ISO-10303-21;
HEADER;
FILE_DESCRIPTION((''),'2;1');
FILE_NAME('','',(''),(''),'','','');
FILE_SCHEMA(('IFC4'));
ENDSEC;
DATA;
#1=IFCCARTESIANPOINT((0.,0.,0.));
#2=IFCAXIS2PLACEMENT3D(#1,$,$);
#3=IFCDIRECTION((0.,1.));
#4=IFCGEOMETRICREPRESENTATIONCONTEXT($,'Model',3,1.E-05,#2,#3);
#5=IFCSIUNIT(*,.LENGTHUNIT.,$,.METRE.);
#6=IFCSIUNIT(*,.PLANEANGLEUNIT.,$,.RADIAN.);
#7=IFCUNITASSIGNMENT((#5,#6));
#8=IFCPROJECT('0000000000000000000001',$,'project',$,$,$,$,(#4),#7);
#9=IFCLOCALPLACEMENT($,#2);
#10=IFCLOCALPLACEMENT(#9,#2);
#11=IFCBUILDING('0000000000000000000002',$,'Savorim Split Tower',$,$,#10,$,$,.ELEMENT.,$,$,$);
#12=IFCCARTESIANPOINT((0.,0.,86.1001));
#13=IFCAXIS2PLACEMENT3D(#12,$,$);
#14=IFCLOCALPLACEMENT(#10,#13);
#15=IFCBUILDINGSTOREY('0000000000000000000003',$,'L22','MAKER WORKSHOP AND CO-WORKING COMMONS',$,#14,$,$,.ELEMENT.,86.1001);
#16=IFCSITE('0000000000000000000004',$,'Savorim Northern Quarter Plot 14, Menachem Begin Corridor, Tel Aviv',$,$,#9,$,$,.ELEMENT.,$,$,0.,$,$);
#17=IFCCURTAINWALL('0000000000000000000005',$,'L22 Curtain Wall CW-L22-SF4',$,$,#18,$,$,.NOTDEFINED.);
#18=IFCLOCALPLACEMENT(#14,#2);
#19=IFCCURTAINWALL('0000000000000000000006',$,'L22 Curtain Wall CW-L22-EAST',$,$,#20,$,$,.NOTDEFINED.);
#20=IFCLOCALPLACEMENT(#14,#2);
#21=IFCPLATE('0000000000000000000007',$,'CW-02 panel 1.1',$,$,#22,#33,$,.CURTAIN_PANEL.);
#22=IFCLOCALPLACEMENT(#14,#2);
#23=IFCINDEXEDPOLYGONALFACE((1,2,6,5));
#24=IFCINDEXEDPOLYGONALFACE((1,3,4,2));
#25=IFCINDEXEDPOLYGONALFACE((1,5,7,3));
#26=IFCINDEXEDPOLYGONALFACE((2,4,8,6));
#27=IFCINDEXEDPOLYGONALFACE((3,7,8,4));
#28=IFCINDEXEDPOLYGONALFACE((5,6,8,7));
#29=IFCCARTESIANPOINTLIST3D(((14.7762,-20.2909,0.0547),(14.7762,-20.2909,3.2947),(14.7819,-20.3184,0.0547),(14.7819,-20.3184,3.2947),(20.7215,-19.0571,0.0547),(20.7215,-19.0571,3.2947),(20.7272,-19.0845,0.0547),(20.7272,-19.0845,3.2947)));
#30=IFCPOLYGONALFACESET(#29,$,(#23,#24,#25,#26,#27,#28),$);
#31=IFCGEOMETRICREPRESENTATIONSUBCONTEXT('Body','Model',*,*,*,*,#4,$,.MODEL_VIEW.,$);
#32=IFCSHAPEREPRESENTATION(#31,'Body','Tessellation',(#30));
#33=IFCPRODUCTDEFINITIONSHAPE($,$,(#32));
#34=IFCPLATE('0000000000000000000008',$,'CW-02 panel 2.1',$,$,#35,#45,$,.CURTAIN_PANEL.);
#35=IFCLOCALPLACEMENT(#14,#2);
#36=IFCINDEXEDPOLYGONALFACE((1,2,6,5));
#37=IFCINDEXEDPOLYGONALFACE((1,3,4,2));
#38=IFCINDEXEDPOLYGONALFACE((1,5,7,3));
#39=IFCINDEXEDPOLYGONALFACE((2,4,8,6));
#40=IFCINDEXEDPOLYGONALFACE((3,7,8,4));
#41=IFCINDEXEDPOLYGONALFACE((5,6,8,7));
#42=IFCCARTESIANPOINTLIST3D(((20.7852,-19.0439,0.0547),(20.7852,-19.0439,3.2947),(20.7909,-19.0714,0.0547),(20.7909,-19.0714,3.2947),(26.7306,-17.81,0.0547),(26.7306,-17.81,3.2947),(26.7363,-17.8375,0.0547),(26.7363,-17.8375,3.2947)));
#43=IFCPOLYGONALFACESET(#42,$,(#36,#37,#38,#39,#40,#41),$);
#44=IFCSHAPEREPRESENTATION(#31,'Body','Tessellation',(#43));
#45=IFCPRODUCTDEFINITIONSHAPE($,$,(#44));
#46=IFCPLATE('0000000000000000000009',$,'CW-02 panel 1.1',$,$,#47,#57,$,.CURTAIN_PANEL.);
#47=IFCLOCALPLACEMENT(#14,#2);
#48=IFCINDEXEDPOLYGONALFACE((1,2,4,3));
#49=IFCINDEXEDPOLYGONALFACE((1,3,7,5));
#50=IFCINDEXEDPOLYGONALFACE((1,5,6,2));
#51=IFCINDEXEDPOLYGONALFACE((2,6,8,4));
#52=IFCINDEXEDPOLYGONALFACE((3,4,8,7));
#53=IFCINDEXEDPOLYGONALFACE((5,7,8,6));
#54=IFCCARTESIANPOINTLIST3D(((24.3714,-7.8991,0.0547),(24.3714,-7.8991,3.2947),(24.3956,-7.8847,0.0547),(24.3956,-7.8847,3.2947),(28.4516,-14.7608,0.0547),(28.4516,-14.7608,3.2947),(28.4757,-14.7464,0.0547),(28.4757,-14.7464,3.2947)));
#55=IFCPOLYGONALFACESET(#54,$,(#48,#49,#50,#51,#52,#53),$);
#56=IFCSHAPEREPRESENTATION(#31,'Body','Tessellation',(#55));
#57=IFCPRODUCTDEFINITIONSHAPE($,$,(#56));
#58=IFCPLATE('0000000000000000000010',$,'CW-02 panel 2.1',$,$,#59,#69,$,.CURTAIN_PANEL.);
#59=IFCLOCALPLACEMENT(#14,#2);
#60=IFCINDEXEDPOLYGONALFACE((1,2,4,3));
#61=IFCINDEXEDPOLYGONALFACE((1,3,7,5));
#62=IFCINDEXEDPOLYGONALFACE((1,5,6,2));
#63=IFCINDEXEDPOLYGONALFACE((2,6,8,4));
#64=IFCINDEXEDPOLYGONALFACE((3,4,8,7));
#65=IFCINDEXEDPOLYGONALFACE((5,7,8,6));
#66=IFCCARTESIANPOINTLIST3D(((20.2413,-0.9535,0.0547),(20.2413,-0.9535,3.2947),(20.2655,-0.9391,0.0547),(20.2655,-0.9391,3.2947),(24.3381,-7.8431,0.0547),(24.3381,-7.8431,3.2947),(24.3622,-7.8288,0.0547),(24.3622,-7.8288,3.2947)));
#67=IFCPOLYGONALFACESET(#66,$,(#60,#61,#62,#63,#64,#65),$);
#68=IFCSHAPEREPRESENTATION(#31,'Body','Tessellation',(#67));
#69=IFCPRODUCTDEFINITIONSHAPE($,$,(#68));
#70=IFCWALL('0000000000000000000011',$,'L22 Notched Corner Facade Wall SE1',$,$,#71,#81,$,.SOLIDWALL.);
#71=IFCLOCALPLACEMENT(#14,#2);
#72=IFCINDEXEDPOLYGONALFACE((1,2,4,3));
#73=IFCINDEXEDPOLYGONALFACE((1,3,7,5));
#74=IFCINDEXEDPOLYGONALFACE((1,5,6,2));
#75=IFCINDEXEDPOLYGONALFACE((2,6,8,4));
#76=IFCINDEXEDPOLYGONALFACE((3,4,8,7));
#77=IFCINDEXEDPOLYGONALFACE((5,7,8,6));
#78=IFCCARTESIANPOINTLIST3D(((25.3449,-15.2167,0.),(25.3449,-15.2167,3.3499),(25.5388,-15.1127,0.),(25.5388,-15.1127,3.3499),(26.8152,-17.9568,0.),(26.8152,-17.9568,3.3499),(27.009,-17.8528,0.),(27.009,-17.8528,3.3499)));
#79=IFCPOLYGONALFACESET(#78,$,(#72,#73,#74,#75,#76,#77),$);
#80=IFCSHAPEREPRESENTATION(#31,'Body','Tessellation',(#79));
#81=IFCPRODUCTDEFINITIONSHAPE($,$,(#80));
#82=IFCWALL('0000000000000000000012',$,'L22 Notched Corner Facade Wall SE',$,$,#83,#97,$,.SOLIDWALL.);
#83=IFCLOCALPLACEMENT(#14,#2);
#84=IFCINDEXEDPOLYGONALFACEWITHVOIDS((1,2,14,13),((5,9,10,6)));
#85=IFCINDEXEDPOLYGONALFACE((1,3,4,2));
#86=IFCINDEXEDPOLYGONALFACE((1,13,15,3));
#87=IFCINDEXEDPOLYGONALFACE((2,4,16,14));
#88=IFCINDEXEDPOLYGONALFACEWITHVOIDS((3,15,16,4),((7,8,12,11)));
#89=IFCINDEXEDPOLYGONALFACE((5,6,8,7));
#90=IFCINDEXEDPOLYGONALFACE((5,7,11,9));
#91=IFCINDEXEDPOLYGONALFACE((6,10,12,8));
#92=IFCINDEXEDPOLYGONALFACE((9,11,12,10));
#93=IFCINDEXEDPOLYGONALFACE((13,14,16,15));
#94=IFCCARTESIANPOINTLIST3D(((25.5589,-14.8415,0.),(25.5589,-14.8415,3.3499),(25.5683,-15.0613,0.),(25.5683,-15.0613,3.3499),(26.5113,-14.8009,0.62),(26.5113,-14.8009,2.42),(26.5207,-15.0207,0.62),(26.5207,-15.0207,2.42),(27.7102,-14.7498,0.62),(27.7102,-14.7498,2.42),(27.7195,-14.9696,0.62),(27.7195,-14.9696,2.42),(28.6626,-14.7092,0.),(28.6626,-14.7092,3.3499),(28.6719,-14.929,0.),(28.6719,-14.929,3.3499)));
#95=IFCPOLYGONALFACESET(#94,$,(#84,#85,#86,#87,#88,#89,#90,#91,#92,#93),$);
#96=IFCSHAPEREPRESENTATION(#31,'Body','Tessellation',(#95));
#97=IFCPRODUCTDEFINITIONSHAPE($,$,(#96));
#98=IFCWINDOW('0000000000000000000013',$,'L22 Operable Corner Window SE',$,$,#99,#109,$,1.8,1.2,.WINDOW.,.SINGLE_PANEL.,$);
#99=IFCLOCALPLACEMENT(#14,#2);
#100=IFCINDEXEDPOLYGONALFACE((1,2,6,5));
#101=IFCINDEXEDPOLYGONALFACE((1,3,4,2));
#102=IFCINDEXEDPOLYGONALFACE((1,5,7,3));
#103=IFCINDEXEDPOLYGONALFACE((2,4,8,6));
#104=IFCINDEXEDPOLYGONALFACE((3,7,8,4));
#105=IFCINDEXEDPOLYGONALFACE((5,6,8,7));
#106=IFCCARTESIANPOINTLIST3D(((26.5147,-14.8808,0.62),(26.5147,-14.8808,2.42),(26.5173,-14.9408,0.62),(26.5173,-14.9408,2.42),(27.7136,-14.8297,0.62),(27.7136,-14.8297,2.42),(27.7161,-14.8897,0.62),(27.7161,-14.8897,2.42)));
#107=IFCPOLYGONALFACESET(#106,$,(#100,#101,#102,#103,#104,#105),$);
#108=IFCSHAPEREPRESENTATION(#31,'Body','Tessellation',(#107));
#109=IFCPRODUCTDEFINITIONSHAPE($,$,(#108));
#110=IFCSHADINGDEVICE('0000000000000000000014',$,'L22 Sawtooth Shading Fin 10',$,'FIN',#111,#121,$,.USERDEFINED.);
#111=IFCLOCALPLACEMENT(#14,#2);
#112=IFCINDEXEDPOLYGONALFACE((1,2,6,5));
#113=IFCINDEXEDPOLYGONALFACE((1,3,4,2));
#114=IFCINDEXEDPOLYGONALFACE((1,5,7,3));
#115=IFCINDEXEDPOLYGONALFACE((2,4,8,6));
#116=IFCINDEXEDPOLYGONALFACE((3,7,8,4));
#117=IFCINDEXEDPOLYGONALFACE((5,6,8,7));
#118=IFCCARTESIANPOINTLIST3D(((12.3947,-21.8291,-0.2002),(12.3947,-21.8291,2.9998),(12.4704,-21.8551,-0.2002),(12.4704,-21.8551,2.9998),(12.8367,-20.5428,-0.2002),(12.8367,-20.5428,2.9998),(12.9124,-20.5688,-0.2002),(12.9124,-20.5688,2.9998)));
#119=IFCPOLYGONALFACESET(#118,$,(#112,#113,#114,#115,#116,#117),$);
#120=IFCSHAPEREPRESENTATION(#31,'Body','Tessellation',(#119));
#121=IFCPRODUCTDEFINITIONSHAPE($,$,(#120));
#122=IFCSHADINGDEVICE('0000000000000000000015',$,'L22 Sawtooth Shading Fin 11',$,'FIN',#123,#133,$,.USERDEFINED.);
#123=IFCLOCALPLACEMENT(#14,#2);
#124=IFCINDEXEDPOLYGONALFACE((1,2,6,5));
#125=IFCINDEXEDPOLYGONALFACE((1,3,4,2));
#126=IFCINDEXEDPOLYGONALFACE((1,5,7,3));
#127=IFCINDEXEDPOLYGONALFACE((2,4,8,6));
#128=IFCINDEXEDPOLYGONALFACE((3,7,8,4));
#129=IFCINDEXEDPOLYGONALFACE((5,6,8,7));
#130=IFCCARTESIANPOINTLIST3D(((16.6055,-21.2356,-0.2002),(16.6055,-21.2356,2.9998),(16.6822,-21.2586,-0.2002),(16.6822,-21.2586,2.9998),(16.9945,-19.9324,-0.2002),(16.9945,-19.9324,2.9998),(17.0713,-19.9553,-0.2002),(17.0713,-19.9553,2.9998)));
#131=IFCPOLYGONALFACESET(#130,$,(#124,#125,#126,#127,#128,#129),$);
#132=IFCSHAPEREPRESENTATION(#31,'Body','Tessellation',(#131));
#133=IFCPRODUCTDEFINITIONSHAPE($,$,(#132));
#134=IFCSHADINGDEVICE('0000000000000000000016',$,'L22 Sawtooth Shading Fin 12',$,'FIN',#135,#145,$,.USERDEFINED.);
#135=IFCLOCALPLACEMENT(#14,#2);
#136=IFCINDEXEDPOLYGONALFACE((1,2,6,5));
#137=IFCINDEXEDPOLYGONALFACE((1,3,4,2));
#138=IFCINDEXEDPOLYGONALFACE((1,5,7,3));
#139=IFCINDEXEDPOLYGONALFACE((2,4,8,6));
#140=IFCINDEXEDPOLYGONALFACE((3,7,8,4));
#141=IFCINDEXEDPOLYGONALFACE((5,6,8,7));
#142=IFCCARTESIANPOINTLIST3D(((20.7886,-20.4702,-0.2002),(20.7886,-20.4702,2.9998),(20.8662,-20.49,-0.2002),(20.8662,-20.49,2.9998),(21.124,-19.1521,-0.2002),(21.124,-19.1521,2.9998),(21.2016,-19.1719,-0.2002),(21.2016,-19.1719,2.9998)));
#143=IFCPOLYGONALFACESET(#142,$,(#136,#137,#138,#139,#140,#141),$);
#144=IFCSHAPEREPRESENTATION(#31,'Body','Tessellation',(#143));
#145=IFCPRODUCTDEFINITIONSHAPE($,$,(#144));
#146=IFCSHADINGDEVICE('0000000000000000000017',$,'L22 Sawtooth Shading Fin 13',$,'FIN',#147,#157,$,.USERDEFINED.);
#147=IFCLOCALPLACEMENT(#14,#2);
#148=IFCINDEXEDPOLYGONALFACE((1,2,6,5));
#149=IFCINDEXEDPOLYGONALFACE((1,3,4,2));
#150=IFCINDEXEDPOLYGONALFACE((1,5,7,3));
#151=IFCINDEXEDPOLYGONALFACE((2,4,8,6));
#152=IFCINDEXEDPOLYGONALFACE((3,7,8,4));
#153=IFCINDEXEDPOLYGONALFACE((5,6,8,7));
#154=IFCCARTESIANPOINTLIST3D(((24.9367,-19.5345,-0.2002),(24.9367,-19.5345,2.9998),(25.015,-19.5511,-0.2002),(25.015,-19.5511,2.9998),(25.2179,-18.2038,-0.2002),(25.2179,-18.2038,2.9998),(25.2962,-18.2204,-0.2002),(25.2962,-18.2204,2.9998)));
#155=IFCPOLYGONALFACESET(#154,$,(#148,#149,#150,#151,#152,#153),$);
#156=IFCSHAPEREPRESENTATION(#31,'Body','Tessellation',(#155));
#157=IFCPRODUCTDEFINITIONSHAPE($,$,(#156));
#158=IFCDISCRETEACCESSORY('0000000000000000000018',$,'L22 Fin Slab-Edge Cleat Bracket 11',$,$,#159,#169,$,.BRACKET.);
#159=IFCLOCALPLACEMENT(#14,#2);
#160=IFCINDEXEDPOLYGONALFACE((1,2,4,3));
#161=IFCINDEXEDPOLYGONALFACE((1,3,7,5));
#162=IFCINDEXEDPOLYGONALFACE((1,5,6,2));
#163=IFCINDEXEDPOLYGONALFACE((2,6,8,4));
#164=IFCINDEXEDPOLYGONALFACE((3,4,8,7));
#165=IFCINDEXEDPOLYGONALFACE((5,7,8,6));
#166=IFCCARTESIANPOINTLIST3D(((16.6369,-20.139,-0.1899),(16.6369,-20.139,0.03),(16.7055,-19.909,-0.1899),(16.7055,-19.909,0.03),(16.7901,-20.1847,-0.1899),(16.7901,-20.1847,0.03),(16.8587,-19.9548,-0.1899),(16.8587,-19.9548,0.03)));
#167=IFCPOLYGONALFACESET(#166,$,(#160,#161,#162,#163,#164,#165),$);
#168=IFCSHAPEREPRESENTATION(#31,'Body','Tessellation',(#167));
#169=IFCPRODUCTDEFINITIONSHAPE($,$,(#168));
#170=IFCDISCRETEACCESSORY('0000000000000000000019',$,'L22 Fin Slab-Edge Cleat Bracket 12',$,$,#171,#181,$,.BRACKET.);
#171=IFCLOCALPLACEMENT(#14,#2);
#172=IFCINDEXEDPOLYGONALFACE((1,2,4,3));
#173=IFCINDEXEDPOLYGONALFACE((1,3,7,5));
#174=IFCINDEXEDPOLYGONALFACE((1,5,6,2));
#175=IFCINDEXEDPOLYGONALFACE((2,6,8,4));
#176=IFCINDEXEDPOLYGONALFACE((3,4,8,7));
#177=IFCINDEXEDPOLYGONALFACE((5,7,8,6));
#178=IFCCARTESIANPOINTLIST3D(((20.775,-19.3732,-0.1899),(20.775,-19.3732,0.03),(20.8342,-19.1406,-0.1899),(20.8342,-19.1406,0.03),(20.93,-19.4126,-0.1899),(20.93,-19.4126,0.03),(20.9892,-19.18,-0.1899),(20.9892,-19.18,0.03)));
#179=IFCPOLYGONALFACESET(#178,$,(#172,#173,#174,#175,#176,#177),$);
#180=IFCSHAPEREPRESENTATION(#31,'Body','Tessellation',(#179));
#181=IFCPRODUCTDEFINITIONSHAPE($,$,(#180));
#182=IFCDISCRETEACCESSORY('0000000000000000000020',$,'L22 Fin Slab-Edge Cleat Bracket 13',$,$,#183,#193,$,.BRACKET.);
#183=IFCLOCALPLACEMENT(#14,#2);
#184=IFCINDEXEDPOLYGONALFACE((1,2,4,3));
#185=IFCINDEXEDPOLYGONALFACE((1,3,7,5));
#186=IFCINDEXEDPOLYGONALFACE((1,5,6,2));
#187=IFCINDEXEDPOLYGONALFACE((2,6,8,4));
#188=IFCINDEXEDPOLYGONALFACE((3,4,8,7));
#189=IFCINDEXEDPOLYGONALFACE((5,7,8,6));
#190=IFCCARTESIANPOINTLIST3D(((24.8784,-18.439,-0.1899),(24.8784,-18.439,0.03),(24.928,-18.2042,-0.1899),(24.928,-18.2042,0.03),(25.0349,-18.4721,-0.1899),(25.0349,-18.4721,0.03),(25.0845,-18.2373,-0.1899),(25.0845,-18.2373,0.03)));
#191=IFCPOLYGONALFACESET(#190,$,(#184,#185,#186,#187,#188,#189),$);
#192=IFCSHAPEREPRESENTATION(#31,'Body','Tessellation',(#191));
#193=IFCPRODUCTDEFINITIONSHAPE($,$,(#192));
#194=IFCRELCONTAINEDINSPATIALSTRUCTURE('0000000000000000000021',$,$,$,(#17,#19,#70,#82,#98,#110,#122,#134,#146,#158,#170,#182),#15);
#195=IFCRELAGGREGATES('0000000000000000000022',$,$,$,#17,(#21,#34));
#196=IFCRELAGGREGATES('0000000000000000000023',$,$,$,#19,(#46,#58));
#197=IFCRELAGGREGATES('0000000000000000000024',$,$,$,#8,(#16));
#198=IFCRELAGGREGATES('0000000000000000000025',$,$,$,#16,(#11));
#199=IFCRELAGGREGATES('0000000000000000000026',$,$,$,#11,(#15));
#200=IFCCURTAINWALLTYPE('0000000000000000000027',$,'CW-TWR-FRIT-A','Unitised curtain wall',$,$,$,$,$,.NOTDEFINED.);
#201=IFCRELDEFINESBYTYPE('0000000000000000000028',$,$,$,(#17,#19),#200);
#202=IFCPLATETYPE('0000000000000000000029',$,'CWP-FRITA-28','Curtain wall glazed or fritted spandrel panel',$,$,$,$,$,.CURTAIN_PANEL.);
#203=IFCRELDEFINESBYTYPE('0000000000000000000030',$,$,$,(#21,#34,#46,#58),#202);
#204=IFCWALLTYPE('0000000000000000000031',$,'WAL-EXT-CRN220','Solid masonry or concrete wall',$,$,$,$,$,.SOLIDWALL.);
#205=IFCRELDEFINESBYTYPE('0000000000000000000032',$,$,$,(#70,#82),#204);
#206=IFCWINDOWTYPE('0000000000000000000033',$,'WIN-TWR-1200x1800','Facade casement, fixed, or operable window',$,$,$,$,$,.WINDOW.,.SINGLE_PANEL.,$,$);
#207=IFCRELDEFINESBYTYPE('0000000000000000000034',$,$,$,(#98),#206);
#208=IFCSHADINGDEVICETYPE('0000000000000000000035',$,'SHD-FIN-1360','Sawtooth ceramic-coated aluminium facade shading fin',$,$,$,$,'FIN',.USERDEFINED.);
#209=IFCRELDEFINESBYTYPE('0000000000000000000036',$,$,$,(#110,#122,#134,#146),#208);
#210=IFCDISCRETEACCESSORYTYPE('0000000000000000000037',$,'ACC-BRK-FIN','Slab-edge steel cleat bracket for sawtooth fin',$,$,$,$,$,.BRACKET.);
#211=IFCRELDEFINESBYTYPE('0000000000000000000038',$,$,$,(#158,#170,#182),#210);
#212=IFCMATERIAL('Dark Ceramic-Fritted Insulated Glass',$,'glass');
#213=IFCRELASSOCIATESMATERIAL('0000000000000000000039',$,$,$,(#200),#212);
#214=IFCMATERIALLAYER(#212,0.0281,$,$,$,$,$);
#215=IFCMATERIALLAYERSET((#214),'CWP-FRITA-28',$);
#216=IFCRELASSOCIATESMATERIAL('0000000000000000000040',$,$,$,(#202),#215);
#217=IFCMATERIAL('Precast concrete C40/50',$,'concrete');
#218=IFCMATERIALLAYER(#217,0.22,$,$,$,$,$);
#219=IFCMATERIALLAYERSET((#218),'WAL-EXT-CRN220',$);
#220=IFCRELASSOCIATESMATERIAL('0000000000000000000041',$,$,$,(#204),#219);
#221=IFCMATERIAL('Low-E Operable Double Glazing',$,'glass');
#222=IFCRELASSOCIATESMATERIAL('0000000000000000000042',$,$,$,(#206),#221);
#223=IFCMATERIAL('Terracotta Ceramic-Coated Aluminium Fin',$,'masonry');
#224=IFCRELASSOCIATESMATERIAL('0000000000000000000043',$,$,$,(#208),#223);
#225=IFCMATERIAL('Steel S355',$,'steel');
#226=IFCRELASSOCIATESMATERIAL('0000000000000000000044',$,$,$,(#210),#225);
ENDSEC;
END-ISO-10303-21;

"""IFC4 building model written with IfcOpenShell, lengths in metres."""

from ifc_helpers import new_model, si_unit, direction, frame, frame_2d, origin, origin_2d, place, context, subcontext, project, spatial, rectangle, extrude, material, layer, layer_set, type_object, element, fill, aggregate, save


model = new_model("IFC4")

# Units and contexts
model_context = context("Model", 3, precision=1e-05, world=origin(), true_north=direction((0.0, 1.0)))
body_context = subcontext(model_context, "Body", "Model", "MODEL_VIEW")
ifc_project = project(units=[si_unit("LENGTHUNIT", "METRE"), si_unit("PLANEANGLEUNIT", "RADIAN")], contexts=[model_context])

# Site, building, storey
site_placement = place(None, origin())
site = spatial("IfcSite", under=ifc_project, at=site_placement, Name="Savorim Northern Quarter Plot 14, Menachem Begin Corridor, Tel Aviv", CompositionType="ELEMENT", RefElevation=0.0)
building_placement = place(site_placement, origin())
building = spatial("IfcBuilding", under=site, at=building_placement, Name="Savorim Split Tower", CompositionType="ELEMENT")
storey_placement = place(building_placement, frame((0.0, 0.0, 86.1001)))
storey = spatial("IfcBuildingStorey", under=building, at=storey_placement, Name="L22", Description="MAKER WORKSHOP AND CO-WORKING COMMONS", CompositionType="ELEMENT", Elevation=86.1001)

# Shared definitions
ifc_material_1 = material(Name="Steel S355", Category="steel")

# Shared definitions
ifc_material_2 = material(Name="Dark Ceramic-Fritted Insulated Glass", Category="glass")
curtain_wall_type = type_object("IfcCurtainWallType", Name="CW-TWR-FRIT-A", Description="Unitised curtain wall", PredefinedType="NOTDEFINED", material=ifc_material_2)

# Curtain walls
curtain_wall_1_placement = place(storey_placement, origin())
curtain_wall_1 = element("IfcCurtainWall", 1, at=curtain_wall_1_placement, inside=storey, type_object=curtain_wall_type, Name="L22 Curtain Wall CW-L22-SF4", PredefinedType="NOTDEFINED")
curtain_wall_2_placement = place(storey_placement, origin())
curtain_wall_2 = element("IfcCurtainWall", 2, at=curtain_wall_2_placement, inside=storey, type_object=curtain_wall_type, Name="L22 Curtain Wall CW-L22-EAST", PredefinedType="NOTDEFINED")

# Plates
ifc_layer_1 = layer(ifc_material_2, 0.0281)
ifc_layer_set_1 = layer_set([ifc_layer_1], Name="CWP-FRITA-28")
plate_type = type_object("IfcPlateType", Name="CWP-FRITA-28", Description="Curtain wall glazed or fritted spandrel panel", PredefinedType="CURTAIN_PANEL", material=ifc_layer_set_1)
plate_1_placement = place(storey_placement, frame((17.7517, -19.6877, 0.0547), z_axis=(0.0, 0.0, 1.0), x_axis=(0.979135, 0.20321, 0.0)))
plate_1 = element("IfcPlate", 3, at=plate_1_placement, type_object=plate_type, Name="CW-02 panel 1.1", PredefinedType="CURTAIN_PANEL", context=body_context, shape_type="SweptSolid", body=[
    extrude(rectangle(XDim=6.072, YDim=0.0281, at=origin_2d()), origin(), (0.0, 0.0, 1.0), 3.24),
])
plate_2_placement = place(storey_placement, frame((23.7607, -18.4407, 0.0547), z_axis=(0.0, 0.0, 1.0), x_axis=(0.979135, 0.20321, 0.0)))
plate_2 = element("IfcPlate", 4, at=plate_2_placement, type_object=plate_type, Name="CW-02 panel 2.1", PredefinedType="CURTAIN_PANEL", context=body_context, shape_type="SweptSolid", body=[
    extrude(rectangle(XDim=6.072, YDim=0.0281, at=origin_2d()), origin(), (0.0, 0.0, 1.0), 3.24),
])
aggregate(curtain_wall_1, [plate_1, plate_2])
plate_3_placement = place(storey_placement, frame((26.4236, -11.3228, 0.0547), z_axis=(0.0, 0.0, 1.0), x_axis=(-0.511094, 0.859525, 0.0)))
plate_3 = element("IfcPlate", 5, at=plate_3_placement, type_object=plate_type, Name="CW-02 panel 1.1", PredefinedType="CURTAIN_PANEL", context=body_context, shape_type="SweptSolid", body=[
    extrude(rectangle(XDim=7.9832, YDim=0.0281, at=origin_2d()), origin(), (0.0, 0.0, 1.0), 3.24),
])
plate_4_placement = place(storey_placement, frame((22.3018, -4.3911, 0.0547), z_axis=(0.0, 0.0, 1.0), x_axis=(-0.511094, 0.859525, 0.0)))
plate_4 = element("IfcPlate", 6, at=plate_4_placement, type_object=plate_type, Name="CW-02 panel 2.1", PredefinedType="CURTAIN_PANEL", context=body_context, shape_type="SweptSolid", body=[
    extrude(rectangle(XDim=8.0156, YDim=0.0281, at=origin_2d()), origin(), (0.0, 0.0, 1.0), 3.24),
])
aggregate(curtain_wall_2, [plate_3, plate_4])

# Wall
ifc_material_3 = material(Name="Precast concrete C40/50", Category="concrete")
ifc_layer_2 = layer(ifc_material_3, 0.22)
ifc_layer_set_2 = layer_set([ifc_layer_2], Name="WAL-EXT-CRN220")
wall_type = type_object("IfcWallType", Name="WAL-EXT-CRN220", Description="Solid masonry or concrete wall", PredefinedType="SOLIDWALL", material=ifc_layer_set_2)
wall_1_placement = place(storey_placement, frame((25.4419, -15.1648, 0.0), z_axis=(0.0, 0.0, 1.0), x_axis=(0.472812, -0.881163, 0.0)))
element("IfcWall", 7, at=wall_1_placement, inside=storey, type_object=wall_type, Name="L22 Notched Corner Facade Wall SE1", PredefinedType="SOLIDWALL", context=body_context, shape_type="SweptSolid", body=[
    extrude(rectangle(XDim=3.1096, YDim=0.22, at=frame_2d((1.5547, 0.0))), origin(), (0.0, 0.0, 1.0), 3.3499),
])

# Wall, opening, window
wall_2_placement = place(storey_placement, frame((28.6672, -14.8191, 0.0), z_axis=(0.0, 0.0, 1.0), x_axis=(-0.999092, -0.042598, 0.0)))
wall_2 = element("IfcWall", 8, at=wall_2_placement, inside=storey, type_object=wall_type, Name="L22 Notched Corner Facade Wall SE", PredefinedType="SOLIDWALL", context=body_context, shape_type="SweptSolid", body=[
    extrude(rectangle(XDim=3.1064, YDim=0.22, at=frame_2d((1.5532, 0.0))), origin(), (0.0, 0.0, 1.0), 3.3499),
])
opening_placement = place(wall_2_placement, frame((0.9531, 0.0, 0.6201)))
opening = element("IfcOpeningElement", 9, at=opening_placement, cuts=wall_2, PredefinedType="OPENING", context=body_context, shape_type="SweptSolid", body=[
    extrude(rectangle(XDim=1.2, YDim=1.8, at=frame_2d((0.6001, 0.8999))), frame((0.0, 0.1199, 0.0), z_axis=(0.0, -1.0, 0.0), x_axis=(1.0, 0.0, 0.0)), (0.0, 0.0, 1.0), 0.24),
])
ifc_material_4 = material(Name="Low-E Operable Double Glazing", Category="glass")
window_type = type_object("IfcWindowType", Name="WIN-TWR-1200x1800", Description="Facade casement, fixed, or operable window", PartitioningType="SINGLE_PANEL", PredefinedType="WINDOW", material=ifc_material_4)
window_placement = place(opening_placement, origin())
window = element("IfcWindow", 10, at=window_placement, inside=storey, type_object=window_type, Name="L22 Operable Corner Window SE", OverallHeight=1.8, OverallWidth=1.2, PartitioningType="SINGLE_PANEL", PredefinedType="WINDOW", context=body_context, shape_type="SweptSolid", body=[
    extrude(rectangle(XDim=1.2, YDim=1.8, at=frame_2d((0.6001, 0.8999))), frame((0.0, 0.03, 0.0), z_axis=(0.0, -1.0, 0.0), x_axis=(1.0, 0.0, 0.0)), (0.0, 0.0, 1.0), 0.0601),
])
fill(opening, window)

# Shading devices
ifc_material_5 = material(Name="Terracotta Ceramic-Coated Aluminium Fin", Category="masonry")
shading_device_type = type_object("IfcShadingDeviceType", Name="SHD-FIN-1360", Description="Sawtooth ceramic-coated aluminium facade shading fin", ElementType="FIN", PredefinedType="USERDEFINED", material=ifc_material_5)
for number, where, z_axis, x_axis, name in (
    (11, (12.6536, -21.199, -0.2002), (0.0, 0.0, 1.0), (-0.324994, -0.945716, 0.0), "L22 Sawtooth Shading Fin 10"),
    (12, (16.8384, -20.5955, -0.2002), (0.0, 0.0, 1.0), (-0.286026, -0.958222, 0.0), "L22 Sawtooth Shading Fin 11"),
    (13, (20.9951, -19.821, -0.2002), (0.0, 0.0, 1.0), (-0.246581, -0.969122, 0.0), "L22 Sawtooth Shading Fin 12"),
    (14, (25.1165, -18.8774, -0.2002), (0.0, 0.0, 1.0), (-0.206722, -0.9784, 0.0), "L22 Sawtooth Shading Fin 13"),
):
    element("IfcShadingDevice", number, at=place(storey_placement, frame(where, z_axis=z_axis, x_axis=x_axis)), inside=storey, type_object=shading_device_type, Name=name, ObjectType="FIN", PredefinedType="USERDEFINED", context=body_context, shape_type="SweptSolid", body=[
        extrude(rectangle(XDim=1.3601, YDim=0.0801, at=origin_2d()), origin(), (0.0, 0.0, 1.0), 3.2),
    ])

# Discrete accessories
discrete_accessory_type = type_object("IfcDiscreteAccessoryType", Name="ACC-BRK-FIN", Description="Slab-edge steel cleat bracket for sawtooth fin", PredefinedType="BRACKET", material=ifc_material_1)
for number, where, z_axis, x_axis, name in (
    (15, (16.7478, -20.0469, -0.1899), (0.0, 0.0, 1.0), (-0.286026, -0.958222, 0.0), "L22 Fin Slab-Edge Cleat Bracket 11"),
    (16, (20.8821, -19.2766, -0.1899), (0.0, 0.0, 1.0), (-0.246581, -0.969122, 0.0), "L22 Fin Slab-Edge Cleat Bracket 12"),
    (17, (24.9814, -18.3381, -0.1899), (0.0, 0.0, 1.0), (-0.206722, -0.9784, 0.0), "L22 Fin Slab-Edge Cleat Bracket 13"),
):
    element("IfcDiscreteAccessory", number, at=place(storey_placement, frame(where, z_axis=z_axis, x_axis=x_axis)), inside=storey, type_object=discrete_accessory_type, Name=name, PredefinedType="BRACKET", context=body_context, shape_type="SweptSolid", body=[
        extrude(rectangle(XDim=0.24, YDim=0.1599, at=origin_2d()), origin(), (0.0, 0.0, 1.0), 0.22),
    ])

save(model, "model.ifc")
